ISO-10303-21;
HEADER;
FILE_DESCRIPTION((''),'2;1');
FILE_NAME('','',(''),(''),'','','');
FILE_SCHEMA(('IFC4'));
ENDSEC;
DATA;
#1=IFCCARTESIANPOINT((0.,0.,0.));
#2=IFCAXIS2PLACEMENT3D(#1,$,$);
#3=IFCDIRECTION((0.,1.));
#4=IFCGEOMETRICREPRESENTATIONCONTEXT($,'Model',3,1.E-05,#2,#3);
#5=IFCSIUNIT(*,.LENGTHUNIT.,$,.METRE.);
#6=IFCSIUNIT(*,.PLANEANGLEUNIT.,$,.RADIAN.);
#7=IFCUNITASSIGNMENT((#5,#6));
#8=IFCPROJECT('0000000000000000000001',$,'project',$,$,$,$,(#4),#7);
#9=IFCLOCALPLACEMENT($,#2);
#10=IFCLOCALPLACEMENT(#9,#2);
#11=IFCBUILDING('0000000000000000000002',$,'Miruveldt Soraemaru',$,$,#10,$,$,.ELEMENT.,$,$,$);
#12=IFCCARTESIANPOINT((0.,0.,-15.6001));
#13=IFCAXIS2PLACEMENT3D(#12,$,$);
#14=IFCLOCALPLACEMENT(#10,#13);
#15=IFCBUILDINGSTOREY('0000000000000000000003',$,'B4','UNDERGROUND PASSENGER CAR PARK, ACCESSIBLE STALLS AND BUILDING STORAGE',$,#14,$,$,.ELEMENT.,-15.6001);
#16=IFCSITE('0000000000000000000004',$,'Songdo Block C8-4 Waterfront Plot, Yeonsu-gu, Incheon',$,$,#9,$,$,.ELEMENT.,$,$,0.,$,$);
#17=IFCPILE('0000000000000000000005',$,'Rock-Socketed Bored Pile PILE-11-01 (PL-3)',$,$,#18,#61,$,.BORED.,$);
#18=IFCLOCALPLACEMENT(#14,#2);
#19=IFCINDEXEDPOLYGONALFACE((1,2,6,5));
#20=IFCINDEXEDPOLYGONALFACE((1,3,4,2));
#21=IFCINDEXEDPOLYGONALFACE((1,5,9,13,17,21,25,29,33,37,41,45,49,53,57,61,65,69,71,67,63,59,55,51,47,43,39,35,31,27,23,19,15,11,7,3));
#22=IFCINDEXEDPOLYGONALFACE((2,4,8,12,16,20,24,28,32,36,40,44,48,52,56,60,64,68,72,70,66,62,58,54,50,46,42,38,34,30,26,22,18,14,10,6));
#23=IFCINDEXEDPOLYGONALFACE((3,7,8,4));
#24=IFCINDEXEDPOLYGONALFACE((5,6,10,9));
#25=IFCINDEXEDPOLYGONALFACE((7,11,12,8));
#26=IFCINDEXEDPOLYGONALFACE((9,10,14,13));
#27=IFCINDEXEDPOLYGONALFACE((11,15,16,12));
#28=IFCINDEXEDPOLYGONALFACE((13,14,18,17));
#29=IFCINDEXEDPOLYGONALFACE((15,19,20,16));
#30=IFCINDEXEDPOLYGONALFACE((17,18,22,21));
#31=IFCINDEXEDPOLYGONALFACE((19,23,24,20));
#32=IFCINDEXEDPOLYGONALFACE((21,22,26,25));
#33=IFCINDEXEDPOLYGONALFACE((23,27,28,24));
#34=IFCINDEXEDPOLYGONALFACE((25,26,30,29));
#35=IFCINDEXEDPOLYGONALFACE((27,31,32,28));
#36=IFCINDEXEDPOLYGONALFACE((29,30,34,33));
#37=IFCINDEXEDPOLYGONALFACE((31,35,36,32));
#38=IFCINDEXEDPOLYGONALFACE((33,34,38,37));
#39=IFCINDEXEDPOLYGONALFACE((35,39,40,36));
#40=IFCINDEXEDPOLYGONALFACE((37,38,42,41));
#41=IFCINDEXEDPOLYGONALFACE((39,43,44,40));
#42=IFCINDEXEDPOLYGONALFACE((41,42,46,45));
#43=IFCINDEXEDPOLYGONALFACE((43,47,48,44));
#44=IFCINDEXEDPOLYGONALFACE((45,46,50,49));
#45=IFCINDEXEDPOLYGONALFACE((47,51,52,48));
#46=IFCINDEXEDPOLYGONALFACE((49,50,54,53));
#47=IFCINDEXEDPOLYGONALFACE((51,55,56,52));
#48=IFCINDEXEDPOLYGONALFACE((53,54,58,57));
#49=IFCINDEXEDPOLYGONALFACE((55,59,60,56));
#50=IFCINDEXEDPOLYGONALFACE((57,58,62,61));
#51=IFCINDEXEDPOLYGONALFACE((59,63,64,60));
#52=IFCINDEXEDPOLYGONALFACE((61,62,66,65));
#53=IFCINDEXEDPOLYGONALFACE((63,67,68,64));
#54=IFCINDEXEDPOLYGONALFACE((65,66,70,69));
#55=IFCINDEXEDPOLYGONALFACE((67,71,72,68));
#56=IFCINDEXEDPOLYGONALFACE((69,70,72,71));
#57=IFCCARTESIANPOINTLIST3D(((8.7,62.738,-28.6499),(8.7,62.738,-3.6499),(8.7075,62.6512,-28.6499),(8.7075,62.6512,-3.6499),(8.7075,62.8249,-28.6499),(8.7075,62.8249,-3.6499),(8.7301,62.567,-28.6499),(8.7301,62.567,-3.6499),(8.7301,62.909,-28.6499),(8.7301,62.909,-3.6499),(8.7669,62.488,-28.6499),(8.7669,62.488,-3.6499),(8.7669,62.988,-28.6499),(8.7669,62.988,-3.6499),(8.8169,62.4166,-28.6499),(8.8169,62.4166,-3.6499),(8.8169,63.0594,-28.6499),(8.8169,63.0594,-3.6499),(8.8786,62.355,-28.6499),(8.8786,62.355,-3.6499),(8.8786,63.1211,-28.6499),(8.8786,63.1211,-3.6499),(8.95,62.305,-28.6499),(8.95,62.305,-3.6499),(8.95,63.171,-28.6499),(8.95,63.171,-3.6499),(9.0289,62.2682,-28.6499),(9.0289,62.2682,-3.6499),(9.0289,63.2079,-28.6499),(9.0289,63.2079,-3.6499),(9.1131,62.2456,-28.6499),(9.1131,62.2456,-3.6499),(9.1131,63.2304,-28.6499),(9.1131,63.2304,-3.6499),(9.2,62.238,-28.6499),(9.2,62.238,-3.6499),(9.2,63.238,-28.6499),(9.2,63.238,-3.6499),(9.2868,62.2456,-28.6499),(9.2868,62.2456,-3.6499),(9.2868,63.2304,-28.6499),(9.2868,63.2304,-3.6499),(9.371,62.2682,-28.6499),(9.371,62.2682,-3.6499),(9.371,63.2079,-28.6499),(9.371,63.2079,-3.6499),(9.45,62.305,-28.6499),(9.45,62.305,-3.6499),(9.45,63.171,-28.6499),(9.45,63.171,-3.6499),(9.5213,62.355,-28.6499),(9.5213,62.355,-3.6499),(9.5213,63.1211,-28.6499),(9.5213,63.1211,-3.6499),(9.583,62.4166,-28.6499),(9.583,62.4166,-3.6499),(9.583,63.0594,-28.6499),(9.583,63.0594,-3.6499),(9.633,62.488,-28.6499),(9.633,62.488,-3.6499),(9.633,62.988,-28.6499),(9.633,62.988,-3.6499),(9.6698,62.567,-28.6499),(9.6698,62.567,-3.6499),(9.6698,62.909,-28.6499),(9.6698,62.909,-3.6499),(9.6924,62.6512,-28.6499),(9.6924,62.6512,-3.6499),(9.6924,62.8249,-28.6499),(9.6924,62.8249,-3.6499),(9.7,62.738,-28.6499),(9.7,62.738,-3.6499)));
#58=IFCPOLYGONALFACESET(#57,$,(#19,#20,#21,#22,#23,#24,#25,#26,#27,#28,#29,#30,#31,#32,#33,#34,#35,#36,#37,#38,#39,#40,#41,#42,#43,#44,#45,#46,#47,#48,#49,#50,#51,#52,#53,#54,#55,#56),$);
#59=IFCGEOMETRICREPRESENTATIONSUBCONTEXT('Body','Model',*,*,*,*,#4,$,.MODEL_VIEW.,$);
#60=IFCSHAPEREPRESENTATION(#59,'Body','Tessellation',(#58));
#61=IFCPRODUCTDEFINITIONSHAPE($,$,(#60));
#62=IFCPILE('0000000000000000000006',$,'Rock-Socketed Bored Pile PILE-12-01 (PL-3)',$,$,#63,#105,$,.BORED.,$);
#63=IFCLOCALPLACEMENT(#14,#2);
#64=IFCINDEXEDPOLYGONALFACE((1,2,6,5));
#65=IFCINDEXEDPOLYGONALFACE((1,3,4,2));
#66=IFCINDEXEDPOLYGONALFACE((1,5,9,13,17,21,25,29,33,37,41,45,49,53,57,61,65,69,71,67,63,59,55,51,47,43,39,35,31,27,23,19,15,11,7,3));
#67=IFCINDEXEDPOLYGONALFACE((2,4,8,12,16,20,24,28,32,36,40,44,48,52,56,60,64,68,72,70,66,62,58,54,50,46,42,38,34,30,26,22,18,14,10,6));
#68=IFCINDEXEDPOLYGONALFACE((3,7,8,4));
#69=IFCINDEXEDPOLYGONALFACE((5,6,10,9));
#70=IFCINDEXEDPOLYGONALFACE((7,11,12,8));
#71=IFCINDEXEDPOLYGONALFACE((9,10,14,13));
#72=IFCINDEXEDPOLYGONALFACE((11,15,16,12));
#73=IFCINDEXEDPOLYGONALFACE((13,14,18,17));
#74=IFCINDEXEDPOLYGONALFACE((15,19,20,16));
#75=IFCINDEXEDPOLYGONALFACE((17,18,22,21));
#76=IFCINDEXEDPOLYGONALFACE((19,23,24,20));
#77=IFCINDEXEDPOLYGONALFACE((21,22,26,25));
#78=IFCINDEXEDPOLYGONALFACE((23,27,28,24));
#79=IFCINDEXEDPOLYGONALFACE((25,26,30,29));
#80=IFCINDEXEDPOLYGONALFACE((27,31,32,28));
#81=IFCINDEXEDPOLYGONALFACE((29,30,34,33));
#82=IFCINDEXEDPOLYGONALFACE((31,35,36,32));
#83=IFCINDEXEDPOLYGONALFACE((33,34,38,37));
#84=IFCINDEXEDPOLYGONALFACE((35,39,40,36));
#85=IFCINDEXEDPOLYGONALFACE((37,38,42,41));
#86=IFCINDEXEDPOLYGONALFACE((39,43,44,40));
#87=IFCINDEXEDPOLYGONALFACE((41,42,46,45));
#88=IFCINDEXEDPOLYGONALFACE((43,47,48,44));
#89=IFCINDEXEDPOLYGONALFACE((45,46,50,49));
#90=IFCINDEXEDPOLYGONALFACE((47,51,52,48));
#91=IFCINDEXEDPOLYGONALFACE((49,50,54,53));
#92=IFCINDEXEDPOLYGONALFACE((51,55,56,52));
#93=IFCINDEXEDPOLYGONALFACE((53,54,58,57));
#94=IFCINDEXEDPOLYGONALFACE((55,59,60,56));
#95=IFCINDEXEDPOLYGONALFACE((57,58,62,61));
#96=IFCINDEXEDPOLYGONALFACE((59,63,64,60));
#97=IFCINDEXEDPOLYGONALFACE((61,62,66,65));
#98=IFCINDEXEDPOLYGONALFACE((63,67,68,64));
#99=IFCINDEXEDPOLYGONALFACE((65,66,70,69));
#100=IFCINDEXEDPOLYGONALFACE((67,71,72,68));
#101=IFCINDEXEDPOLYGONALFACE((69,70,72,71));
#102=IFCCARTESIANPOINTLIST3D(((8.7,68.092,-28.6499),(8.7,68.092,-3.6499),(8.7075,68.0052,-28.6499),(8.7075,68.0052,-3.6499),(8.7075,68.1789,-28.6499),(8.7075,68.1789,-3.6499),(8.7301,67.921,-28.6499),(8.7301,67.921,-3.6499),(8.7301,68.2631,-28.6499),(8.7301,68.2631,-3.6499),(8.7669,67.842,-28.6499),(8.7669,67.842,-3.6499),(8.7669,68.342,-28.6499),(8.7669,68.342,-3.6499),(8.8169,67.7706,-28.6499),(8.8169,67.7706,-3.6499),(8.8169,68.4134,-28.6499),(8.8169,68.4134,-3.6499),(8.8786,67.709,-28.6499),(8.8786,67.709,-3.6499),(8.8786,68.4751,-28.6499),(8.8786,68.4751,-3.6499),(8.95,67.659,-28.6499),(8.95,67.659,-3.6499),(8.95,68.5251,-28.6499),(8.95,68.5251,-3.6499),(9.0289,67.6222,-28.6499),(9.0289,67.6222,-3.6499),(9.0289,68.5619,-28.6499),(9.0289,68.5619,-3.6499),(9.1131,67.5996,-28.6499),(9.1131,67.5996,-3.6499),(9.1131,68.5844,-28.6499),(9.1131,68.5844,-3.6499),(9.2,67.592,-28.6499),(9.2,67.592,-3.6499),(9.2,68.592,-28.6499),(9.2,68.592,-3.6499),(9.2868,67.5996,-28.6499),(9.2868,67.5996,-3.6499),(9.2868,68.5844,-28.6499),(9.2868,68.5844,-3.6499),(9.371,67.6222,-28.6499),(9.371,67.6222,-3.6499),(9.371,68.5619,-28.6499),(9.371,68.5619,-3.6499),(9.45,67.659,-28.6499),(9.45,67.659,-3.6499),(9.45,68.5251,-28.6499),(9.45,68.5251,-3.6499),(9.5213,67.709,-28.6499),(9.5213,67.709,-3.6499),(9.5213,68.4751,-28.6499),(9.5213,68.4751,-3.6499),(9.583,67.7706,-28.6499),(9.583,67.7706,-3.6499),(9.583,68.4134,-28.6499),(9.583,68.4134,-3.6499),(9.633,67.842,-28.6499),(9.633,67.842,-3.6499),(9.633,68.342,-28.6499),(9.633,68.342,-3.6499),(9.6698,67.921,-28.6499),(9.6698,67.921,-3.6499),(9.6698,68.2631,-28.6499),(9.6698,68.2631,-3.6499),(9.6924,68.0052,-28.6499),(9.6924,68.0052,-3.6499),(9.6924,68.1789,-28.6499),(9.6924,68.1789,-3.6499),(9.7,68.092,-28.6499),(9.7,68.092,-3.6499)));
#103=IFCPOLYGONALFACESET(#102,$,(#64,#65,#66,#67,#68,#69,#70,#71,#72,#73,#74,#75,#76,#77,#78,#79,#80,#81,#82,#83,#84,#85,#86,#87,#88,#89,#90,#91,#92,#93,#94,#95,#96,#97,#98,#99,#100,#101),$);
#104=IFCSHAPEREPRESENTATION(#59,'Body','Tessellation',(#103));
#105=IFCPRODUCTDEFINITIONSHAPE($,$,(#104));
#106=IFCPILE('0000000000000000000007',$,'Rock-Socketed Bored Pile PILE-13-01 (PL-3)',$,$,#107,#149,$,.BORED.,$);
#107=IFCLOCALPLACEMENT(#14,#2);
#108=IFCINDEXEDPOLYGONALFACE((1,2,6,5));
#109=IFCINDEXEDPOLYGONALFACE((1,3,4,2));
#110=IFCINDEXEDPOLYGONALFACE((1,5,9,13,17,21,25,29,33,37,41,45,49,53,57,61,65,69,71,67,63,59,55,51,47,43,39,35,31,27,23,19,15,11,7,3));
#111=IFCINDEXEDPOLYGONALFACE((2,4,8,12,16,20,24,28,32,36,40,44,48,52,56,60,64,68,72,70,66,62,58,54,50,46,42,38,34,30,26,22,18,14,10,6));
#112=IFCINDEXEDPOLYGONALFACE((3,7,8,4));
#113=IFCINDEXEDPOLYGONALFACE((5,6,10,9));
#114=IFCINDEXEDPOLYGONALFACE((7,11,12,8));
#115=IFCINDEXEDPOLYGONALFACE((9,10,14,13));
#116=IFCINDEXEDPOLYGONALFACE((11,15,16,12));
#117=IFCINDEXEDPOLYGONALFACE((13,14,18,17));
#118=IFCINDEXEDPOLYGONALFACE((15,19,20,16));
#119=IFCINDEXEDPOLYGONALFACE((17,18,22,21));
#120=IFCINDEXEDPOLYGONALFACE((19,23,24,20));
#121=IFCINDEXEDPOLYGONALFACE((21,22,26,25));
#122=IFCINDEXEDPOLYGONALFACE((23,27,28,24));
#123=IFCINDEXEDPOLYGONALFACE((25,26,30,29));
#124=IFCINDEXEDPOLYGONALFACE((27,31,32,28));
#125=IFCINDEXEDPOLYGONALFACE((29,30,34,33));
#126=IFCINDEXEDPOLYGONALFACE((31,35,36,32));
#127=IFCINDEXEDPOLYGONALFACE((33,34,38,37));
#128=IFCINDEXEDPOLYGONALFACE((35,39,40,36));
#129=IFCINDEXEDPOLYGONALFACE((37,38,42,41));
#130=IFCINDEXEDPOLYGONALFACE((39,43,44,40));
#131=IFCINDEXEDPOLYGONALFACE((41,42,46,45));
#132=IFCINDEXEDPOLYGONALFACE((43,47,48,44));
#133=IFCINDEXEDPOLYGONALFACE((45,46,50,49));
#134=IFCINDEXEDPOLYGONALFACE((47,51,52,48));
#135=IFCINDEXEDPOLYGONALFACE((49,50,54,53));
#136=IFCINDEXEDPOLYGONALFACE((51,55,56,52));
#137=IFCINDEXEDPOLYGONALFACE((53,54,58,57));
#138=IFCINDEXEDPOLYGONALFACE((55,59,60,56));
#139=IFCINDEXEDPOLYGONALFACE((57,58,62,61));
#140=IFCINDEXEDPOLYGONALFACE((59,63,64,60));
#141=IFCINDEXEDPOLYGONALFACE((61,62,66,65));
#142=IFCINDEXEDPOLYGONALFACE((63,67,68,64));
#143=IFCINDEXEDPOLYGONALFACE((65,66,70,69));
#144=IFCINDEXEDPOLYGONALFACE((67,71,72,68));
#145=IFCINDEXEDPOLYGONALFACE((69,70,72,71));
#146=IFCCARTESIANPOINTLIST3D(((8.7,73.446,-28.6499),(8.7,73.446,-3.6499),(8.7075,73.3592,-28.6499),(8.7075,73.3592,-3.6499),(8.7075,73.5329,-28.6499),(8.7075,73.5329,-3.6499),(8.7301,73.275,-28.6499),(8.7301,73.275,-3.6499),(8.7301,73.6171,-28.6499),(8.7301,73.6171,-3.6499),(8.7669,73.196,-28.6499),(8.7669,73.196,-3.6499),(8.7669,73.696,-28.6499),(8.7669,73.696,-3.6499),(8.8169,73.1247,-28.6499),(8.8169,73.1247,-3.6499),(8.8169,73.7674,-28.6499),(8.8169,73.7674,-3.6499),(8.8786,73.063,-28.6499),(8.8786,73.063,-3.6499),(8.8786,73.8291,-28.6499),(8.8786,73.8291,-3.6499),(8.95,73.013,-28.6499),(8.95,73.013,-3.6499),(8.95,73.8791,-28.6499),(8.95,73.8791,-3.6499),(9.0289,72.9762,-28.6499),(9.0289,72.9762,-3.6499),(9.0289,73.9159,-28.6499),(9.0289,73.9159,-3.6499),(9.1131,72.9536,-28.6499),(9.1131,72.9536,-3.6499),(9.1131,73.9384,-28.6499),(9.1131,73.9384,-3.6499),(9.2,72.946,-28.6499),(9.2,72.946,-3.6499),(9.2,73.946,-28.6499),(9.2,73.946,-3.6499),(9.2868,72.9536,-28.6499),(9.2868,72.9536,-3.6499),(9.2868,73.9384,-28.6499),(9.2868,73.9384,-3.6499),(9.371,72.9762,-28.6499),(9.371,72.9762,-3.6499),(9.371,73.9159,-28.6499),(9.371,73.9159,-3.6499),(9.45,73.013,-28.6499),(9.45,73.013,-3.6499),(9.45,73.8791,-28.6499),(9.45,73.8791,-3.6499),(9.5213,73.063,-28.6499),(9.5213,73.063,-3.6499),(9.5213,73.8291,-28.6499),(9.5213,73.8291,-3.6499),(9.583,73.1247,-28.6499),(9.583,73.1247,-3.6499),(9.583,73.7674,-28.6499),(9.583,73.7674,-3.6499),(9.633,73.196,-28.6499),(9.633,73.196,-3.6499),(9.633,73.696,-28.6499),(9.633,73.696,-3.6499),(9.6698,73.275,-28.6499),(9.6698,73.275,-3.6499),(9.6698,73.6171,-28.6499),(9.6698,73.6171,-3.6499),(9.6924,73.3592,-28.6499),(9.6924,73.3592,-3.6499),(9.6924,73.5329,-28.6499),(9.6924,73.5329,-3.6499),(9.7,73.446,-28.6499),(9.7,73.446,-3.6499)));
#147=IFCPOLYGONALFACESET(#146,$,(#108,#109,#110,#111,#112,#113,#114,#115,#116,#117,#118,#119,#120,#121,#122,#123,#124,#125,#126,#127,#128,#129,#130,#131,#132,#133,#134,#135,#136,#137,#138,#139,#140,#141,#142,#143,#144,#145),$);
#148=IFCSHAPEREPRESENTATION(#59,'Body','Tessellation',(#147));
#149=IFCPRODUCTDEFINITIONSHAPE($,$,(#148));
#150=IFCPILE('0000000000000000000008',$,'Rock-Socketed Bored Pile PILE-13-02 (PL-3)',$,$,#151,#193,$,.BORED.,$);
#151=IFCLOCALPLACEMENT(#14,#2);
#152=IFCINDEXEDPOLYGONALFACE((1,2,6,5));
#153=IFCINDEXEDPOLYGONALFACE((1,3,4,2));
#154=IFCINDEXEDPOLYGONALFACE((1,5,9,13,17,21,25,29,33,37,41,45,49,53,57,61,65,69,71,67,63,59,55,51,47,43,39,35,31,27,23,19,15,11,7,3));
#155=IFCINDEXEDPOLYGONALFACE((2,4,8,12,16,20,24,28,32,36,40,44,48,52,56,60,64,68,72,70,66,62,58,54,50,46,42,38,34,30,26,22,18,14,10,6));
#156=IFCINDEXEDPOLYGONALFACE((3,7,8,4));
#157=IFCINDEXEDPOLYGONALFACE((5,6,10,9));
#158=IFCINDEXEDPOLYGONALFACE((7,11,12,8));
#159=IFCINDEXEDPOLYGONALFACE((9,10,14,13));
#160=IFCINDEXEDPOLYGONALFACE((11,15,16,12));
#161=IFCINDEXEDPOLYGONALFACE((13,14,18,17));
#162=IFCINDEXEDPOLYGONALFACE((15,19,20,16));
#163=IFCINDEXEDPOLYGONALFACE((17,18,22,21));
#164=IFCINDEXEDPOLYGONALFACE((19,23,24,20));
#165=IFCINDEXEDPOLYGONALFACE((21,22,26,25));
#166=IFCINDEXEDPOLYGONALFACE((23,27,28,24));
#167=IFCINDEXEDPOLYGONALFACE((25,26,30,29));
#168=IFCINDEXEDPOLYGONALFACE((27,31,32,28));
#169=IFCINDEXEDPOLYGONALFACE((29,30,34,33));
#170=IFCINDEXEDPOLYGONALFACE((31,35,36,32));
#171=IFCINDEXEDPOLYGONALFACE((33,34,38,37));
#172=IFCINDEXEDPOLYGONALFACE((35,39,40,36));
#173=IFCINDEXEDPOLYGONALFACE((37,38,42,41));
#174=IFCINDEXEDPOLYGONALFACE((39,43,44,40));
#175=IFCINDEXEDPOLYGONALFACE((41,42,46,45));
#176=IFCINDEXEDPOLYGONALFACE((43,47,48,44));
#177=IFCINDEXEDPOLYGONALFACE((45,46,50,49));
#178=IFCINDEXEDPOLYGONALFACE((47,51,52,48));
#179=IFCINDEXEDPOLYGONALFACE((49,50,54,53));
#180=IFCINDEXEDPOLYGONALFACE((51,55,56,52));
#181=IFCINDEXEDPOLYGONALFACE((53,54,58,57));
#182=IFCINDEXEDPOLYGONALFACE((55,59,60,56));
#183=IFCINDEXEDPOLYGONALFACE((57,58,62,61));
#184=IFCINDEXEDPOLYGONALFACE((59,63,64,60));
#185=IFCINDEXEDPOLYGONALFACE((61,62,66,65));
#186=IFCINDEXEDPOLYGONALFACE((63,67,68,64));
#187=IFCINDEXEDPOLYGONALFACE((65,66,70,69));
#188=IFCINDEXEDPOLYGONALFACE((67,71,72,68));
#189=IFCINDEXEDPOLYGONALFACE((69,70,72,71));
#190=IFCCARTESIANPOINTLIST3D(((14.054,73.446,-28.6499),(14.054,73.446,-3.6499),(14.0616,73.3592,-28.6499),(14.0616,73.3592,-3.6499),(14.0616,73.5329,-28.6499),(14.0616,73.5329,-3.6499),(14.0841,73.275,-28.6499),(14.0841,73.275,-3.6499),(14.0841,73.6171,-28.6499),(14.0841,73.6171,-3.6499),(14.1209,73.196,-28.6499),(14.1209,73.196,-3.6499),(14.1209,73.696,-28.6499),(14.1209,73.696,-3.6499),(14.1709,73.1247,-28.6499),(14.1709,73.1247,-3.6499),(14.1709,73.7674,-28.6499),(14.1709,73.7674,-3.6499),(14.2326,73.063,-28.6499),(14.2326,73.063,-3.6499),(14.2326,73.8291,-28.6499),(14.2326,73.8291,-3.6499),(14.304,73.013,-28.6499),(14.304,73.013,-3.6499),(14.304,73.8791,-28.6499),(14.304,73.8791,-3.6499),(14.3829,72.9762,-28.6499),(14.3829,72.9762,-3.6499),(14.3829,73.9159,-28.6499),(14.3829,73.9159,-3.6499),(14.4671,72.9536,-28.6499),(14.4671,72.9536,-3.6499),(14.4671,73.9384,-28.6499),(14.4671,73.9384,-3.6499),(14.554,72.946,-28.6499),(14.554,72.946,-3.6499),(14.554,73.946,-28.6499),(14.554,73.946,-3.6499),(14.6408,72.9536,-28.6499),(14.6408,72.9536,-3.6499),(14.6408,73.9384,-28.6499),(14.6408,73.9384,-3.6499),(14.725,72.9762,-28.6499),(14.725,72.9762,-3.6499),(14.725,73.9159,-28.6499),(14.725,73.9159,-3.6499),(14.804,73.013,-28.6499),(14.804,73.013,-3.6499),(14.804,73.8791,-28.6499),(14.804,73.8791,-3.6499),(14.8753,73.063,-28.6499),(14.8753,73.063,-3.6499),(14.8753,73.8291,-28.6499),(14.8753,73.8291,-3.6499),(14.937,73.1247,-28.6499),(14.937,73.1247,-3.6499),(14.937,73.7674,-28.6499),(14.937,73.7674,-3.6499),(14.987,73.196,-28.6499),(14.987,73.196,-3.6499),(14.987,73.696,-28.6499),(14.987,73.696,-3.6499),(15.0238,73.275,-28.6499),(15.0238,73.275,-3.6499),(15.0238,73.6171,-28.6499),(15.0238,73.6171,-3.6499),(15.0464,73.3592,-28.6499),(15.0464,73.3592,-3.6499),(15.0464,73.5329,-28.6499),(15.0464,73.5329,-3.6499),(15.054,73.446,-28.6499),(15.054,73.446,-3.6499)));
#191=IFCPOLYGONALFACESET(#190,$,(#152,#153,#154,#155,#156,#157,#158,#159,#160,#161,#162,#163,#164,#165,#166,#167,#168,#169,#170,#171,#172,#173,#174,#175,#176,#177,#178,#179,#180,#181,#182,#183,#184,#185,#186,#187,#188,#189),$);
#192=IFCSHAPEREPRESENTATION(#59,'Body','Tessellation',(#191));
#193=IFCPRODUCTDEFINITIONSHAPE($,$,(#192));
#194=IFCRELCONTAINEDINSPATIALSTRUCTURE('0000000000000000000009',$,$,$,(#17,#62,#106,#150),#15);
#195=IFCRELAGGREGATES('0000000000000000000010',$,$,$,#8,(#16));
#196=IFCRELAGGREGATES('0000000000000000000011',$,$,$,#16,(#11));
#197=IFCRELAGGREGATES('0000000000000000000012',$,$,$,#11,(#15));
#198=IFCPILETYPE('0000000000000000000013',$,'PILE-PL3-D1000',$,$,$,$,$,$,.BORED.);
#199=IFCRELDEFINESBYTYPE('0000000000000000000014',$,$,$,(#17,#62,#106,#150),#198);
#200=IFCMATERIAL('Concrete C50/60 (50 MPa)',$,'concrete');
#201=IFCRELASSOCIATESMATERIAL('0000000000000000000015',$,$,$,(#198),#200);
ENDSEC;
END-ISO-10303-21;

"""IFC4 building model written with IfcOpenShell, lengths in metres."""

from ifc_helpers import new_model, si_unit, direction, frame, origin, origin_2d, place, context, subcontext, project, spatial, circle, extrude, material, material_profile, profile_set, type_object, element, save


model = new_model("IFC4")

# Units and contexts
model_context = context("Model", 3, precision=1e-05, world=origin(), true_north=direction((0.0, 1.0)))
body_context = subcontext(model_context, "Body", "Model", "MODEL_VIEW")
ifc_project = project(units=[si_unit("LENGTHUNIT", "METRE"), si_unit("PLANEANGLEUNIT", "RADIAN")], contexts=[model_context])

# Site, building, storey
site_placement = place(None, origin())
site = spatial("IfcSite", under=ifc_project, at=site_placement, Name="Songdo Block C8-4 Waterfront Plot, Yeonsu-gu, Incheon", CompositionType="ELEMENT", RefElevation=0.0)
building_placement = place(site_placement, origin())
building = spatial("IfcBuilding", under=site, at=building_placement, Name="Miruveldt Soraemaru", CompositionType="ELEMENT")
storey_placement = place(building_placement, frame((0.0, 0.0, -15.6001)))
storey = spatial("IfcBuildingStorey", under=building, at=storey_placement, Name="B4", Description="UNDERGROUND PASSENGER CAR PARK, ACCESSIBLE STALLS AND BUILDING STORAGE", CompositionType="ELEMENT", Elevation=-15.6001)

# Piles
ifc_material_1 = material(Name="Concrete C50/60 (50 MPa)", Category="concrete")
ifc_material_profile_1 = material_profile(ifc_material_1, circle(Radius=0.5, at=origin_2d()), Name="Concrete C50/60 (50 MPa)", Category="concrete")
ifc_profile_set_1 = profile_set([ifc_material_profile_1], Name="Concrete C50/60 (50 MPa)")
pile_type_1 = type_object("IfcPileType", Name="PILE-PL3-D1000", PredefinedType="BORED", material=ifc_profile_set_1)
for number, where, z_axis, x_axis, name in (
    (1, (9.2, 62.738, -3.6499), (0.0, 0.0, -1.0), (1.0, 0.0, 0.0), "Rock-Socketed Bored Pile PILE-11-01 (PL-3)"),
    (2, (9.2, 68.092, -3.6499), (0.0, 0.0, -1.0), (1.0, 0.0, 0.0), "Rock-Socketed Bored Pile PILE-12-01 (PL-3)"),
    (3, (9.2, 73.446, -3.6499), (0.0, 0.0, -1.0), (1.0, 0.0, 0.0), "Rock-Socketed Bored Pile PILE-13-01 (PL-3)"),
    (4, (14.554, 73.446, -3.6499), (0.0, 0.0, -1.0), (1.0, 0.0, 0.0), "Rock-Socketed Bored Pile PILE-13-02 (PL-3)"),
):
    element("IfcPile", number, at=place(storey_placement, frame(where, z_axis=z_axis, x_axis=x_axis)), inside=storey, type_object=pile_type_1, Name=name, PredefinedType="BORED", context=body_context, shape_type="SweptSolid", body=[
        extrude(circle(Radius=0.5, at=origin_2d()), origin(), (0.0, 0.0, 1.0), 25.0),
    ])

save(model, "model.ifc")
